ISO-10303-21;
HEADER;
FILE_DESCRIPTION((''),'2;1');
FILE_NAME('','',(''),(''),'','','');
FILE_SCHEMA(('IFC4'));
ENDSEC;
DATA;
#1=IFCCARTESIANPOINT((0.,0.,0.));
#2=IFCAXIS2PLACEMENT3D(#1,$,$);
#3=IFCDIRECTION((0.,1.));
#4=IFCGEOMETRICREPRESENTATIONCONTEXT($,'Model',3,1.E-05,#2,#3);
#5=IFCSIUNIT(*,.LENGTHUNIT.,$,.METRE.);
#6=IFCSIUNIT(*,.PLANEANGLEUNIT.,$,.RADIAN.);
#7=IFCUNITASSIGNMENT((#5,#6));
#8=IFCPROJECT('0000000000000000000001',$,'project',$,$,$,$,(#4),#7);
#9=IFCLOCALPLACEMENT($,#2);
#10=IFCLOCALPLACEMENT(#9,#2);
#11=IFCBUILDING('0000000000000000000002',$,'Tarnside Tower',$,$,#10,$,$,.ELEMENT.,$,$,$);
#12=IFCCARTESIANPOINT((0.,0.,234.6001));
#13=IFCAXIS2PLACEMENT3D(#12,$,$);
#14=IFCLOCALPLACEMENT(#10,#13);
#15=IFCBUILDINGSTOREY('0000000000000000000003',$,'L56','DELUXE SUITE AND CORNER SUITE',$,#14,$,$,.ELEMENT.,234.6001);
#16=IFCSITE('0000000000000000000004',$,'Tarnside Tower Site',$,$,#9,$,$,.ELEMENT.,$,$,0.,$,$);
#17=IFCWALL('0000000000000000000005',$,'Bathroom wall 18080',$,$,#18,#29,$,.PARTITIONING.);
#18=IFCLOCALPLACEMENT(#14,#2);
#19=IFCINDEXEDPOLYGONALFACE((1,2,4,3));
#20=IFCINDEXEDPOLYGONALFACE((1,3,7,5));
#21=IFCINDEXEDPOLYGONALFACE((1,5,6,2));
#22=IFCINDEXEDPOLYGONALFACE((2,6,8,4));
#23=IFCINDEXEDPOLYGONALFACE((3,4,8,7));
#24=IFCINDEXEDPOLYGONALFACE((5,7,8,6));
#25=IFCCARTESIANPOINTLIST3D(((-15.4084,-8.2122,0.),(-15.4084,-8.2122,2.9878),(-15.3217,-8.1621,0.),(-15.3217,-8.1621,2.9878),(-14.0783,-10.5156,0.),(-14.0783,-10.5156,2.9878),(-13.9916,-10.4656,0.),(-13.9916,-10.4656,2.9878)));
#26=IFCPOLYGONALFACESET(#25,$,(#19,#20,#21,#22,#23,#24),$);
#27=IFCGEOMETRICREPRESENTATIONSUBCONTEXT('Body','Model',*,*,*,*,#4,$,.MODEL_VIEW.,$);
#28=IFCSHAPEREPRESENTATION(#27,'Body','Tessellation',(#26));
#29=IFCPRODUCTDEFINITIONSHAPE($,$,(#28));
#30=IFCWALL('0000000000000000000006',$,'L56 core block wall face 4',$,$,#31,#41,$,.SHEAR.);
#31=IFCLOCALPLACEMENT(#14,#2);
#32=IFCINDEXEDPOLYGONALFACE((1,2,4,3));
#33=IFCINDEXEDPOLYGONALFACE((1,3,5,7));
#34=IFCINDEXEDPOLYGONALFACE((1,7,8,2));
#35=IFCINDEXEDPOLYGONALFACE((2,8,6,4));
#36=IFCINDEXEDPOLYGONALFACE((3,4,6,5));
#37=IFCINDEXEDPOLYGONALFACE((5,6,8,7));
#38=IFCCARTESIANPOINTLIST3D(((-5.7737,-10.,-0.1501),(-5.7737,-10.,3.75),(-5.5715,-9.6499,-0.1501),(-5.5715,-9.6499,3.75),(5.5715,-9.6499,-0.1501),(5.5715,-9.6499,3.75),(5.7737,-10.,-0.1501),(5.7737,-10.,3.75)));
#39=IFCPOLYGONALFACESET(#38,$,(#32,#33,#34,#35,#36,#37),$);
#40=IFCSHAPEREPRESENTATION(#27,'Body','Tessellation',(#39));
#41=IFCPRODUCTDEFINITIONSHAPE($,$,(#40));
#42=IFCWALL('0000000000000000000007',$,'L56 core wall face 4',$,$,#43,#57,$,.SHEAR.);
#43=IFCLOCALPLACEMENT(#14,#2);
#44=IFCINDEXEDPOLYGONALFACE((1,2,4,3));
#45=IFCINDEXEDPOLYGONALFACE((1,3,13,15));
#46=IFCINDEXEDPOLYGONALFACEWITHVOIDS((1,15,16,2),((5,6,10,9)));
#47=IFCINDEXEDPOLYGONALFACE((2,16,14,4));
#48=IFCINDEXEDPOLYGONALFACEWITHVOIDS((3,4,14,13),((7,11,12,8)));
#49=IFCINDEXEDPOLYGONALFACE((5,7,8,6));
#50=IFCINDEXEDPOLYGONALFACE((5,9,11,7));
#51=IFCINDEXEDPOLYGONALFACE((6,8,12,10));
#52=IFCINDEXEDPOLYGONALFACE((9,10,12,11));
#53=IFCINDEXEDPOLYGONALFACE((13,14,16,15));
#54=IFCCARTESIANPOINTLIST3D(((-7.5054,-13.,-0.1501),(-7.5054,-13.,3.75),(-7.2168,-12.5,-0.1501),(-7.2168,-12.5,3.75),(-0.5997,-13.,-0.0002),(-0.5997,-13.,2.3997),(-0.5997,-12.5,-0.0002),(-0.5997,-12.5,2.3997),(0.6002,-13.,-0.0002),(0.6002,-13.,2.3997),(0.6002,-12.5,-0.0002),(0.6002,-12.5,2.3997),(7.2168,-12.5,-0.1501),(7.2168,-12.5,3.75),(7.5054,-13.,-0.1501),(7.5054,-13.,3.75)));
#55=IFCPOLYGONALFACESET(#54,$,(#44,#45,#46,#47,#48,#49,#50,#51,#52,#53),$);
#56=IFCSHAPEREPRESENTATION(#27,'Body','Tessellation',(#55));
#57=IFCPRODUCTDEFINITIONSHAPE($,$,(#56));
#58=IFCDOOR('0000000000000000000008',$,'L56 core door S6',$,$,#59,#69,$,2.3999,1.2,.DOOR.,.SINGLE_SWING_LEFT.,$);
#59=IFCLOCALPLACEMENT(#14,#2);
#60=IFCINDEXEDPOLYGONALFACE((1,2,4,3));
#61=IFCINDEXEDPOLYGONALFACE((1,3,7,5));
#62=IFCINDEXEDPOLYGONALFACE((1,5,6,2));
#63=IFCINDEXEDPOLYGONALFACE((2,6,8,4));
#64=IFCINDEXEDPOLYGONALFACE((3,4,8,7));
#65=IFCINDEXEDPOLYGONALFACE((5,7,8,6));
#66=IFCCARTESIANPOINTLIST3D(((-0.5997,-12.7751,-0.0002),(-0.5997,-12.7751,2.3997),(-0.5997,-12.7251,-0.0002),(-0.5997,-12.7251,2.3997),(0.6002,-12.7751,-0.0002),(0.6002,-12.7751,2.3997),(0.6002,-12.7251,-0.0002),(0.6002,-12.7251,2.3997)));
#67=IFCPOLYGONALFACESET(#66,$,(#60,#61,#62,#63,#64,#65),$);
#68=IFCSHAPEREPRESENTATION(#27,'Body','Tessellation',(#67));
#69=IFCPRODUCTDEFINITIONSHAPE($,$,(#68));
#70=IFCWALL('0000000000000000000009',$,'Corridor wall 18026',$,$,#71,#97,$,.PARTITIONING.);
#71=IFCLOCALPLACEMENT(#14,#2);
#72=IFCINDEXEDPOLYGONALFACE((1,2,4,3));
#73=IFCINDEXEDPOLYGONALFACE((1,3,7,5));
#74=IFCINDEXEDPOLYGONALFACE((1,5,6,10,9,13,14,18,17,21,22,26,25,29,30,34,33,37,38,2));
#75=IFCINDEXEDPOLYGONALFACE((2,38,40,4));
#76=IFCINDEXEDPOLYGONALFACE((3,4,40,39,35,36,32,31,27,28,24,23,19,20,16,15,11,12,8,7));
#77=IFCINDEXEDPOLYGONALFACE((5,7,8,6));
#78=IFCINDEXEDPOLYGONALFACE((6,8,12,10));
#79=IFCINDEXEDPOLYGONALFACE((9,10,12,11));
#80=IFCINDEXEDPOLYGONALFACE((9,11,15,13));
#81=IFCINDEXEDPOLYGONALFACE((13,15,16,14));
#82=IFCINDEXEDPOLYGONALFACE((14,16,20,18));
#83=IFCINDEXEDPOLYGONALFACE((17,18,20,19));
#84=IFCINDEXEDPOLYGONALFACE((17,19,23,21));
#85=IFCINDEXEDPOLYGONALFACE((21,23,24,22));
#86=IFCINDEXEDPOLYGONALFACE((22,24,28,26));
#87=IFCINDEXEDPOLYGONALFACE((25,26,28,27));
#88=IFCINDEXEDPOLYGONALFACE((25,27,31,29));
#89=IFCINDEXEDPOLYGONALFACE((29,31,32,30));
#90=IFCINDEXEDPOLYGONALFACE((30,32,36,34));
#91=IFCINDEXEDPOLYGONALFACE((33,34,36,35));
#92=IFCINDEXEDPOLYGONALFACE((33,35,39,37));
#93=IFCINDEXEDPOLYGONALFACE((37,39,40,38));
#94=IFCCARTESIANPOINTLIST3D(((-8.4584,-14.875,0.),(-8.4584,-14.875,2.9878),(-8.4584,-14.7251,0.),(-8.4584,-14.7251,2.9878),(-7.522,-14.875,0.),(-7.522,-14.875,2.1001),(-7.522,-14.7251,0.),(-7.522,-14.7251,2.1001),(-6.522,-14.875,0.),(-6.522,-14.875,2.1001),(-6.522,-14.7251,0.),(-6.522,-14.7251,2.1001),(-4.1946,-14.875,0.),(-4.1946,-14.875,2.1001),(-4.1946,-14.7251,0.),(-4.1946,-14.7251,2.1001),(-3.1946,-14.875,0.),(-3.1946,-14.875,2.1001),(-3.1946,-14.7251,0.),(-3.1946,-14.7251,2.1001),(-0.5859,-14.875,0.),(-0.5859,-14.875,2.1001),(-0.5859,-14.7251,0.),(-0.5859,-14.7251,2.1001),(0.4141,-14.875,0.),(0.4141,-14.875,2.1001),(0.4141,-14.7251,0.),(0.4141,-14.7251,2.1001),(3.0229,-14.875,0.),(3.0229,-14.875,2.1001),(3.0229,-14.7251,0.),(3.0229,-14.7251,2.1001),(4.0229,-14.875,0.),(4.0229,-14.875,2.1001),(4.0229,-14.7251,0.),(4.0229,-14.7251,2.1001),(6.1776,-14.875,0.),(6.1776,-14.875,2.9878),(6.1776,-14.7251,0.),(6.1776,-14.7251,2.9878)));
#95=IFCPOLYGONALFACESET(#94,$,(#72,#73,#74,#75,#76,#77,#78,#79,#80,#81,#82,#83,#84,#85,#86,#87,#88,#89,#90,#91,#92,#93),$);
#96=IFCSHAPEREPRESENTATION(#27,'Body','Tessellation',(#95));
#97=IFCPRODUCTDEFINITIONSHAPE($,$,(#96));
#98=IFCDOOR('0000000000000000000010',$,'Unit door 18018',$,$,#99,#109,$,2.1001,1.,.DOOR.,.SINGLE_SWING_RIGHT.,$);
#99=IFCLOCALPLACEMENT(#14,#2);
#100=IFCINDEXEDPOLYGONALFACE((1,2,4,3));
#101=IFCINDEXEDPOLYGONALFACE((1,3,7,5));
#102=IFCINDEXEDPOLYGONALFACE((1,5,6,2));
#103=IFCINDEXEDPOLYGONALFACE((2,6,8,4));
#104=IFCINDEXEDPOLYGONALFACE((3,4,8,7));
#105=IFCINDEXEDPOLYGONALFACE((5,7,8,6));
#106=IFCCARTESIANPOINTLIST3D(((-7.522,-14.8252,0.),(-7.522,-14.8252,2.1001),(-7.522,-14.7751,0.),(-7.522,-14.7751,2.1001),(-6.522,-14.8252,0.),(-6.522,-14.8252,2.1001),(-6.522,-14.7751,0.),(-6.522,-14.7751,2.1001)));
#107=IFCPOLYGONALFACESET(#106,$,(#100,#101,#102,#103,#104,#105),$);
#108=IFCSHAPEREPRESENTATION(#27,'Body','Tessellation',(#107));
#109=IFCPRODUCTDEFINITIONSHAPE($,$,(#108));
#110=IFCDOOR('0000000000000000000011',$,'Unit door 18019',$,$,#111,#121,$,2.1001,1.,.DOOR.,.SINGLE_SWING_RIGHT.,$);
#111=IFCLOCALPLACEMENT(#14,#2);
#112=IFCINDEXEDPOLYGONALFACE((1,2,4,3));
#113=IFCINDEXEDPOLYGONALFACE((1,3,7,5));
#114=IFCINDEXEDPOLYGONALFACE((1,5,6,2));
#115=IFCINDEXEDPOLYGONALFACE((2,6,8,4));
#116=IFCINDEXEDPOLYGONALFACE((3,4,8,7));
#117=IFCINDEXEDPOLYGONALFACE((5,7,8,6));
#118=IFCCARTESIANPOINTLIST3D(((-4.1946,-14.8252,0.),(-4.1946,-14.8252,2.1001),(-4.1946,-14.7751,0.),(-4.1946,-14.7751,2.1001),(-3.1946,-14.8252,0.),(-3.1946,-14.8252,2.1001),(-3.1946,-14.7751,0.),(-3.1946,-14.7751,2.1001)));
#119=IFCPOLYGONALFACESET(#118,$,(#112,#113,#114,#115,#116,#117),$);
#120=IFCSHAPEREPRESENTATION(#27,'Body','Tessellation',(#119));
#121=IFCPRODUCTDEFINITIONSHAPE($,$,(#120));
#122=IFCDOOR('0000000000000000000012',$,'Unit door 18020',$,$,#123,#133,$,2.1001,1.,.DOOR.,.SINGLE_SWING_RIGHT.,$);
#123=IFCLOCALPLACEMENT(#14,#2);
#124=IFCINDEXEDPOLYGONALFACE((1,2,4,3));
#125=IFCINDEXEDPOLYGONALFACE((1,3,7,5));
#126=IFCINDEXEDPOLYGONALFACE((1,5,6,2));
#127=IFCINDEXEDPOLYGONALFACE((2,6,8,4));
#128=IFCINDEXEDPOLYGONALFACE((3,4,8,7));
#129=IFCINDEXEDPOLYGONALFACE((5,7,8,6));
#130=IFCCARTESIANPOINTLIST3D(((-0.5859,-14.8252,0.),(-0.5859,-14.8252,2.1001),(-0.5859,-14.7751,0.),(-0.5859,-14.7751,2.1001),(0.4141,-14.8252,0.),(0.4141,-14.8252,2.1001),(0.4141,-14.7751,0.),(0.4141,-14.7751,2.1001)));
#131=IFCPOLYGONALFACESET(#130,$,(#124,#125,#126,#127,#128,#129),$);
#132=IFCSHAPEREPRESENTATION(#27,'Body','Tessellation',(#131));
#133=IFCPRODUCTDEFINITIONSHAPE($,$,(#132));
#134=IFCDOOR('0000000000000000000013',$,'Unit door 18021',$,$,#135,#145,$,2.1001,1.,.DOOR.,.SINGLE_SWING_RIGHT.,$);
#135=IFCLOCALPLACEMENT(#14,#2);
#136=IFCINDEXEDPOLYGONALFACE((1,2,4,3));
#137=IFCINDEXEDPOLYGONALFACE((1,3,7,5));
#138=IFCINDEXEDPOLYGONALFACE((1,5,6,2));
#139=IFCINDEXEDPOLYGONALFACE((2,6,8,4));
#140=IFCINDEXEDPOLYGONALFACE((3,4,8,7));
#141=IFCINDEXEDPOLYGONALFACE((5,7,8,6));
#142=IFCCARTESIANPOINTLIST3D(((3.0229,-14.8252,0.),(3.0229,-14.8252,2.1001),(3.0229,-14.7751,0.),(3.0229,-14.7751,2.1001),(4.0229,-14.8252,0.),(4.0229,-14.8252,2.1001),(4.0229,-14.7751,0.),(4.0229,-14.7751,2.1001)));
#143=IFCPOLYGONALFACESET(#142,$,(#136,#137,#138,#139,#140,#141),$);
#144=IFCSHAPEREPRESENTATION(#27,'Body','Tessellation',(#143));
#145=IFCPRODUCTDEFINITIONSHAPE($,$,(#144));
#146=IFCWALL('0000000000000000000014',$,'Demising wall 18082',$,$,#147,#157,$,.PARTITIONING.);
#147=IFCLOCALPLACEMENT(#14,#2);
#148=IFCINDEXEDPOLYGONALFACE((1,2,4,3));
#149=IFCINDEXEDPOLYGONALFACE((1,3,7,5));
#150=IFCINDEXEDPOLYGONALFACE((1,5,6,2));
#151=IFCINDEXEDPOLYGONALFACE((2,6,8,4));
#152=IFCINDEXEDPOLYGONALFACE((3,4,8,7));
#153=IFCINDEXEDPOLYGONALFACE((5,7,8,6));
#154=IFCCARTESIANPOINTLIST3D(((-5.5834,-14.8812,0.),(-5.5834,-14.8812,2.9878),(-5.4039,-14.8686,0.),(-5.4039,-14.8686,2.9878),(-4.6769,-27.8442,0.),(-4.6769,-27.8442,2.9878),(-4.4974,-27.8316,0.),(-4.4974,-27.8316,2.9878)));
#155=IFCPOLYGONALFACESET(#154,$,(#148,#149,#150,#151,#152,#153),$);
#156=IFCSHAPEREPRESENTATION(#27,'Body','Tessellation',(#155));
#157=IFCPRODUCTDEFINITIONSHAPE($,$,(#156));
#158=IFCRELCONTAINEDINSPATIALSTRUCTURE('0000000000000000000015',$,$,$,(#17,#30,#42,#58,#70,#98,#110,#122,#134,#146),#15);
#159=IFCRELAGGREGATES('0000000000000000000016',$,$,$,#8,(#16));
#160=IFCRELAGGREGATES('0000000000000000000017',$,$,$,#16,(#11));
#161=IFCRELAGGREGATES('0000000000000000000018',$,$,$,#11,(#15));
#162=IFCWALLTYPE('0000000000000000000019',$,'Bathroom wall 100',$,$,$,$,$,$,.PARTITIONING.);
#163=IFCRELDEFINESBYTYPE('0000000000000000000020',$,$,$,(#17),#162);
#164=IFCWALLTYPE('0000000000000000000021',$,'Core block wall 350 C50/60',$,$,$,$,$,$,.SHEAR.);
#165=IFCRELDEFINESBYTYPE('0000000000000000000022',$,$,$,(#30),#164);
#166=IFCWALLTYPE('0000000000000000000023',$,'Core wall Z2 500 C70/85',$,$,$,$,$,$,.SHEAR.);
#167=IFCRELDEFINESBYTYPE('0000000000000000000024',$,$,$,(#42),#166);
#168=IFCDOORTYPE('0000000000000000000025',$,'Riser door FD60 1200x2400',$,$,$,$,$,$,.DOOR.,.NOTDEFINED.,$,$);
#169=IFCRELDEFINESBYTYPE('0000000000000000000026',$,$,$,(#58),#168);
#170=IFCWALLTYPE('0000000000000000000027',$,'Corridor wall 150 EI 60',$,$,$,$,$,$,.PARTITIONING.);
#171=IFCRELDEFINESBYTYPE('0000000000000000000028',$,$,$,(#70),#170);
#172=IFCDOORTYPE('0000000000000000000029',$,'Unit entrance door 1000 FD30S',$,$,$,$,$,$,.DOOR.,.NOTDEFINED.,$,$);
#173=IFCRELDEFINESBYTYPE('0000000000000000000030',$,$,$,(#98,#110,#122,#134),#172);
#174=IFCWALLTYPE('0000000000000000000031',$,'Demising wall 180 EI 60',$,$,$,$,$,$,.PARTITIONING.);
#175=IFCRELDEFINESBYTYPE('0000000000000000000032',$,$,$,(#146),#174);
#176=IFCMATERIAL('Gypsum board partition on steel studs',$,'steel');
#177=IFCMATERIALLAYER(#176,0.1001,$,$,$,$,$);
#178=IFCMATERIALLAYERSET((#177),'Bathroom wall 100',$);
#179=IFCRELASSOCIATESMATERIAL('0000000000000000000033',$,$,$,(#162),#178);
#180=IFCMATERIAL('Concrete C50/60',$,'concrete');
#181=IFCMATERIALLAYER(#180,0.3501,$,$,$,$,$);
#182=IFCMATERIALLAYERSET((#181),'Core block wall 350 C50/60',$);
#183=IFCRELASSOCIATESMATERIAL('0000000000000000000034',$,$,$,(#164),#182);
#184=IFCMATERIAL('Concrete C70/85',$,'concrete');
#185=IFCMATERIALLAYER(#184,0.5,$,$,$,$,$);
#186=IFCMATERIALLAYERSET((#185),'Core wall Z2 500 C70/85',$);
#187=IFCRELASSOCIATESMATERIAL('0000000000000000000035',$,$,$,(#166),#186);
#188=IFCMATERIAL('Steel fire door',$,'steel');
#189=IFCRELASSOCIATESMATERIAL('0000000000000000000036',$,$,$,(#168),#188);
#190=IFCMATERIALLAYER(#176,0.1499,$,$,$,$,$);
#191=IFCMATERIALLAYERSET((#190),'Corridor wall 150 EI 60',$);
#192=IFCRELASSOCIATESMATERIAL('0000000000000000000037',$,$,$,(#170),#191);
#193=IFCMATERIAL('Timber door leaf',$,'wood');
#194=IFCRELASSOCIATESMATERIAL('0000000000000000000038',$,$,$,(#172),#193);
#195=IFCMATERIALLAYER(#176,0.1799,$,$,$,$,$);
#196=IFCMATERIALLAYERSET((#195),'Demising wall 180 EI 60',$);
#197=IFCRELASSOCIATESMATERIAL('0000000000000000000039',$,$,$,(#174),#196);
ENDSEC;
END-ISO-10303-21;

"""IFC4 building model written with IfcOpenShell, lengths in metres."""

from ifc_helpers import new_model, si_unit, direction, frame, frame_2d, origin, place, context, subcontext, project, spatial, polyline, rectangle, outline, extrude, material, layer, layer_set, type_object, element, fill, save


model = new_model("IFC4")

# Units and contexts
model_context = context("Model", 3, precision=1e-05, world=origin(), true_north=direction((0.0, 1.0)))
body_context = subcontext(model_context, "Body", "Model", "MODEL_VIEW")
ifc_project = project(units=[si_unit("LENGTHUNIT", "METRE"), si_unit("PLANEANGLEUNIT", "RADIAN")], contexts=[model_context])

# Site, building, storey
site_placement = place(None, origin())
site = spatial("IfcSite", under=ifc_project, at=site_placement, Name="Tarnside Tower Site", CompositionType="ELEMENT", RefElevation=0.0)
building_placement = place(site_placement, origin())
building = spatial("IfcBuilding", under=site, at=building_placement, Name="Tarnside Tower", CompositionType="ELEMENT")
storey_placement = place(building_placement, frame((0.0, 0.0, 234.6001)))
storey = spatial("IfcBuildingStorey", under=building, at=storey_placement, Name="L56", Description="DELUXE SUITE AND CORNER SUITE", CompositionType="ELEMENT", Elevation=234.6001)

# Walls
ifc_material_1 = material(Name="Gypsum board partition on steel studs", Category="steel")
ifc_layer_1 = layer(ifc_material_1, 0.1001)
ifc_layer_set_1 = layer_set([ifc_layer_1], Name="Bathroom wall 100")
wall_type_1 = type_object("IfcWallType", Name="Bathroom wall 100", PredefinedType="PARTITIONING", material=ifc_layer_set_1)
wall_1_placement = place(storey_placement, frame((-14.0349, -10.4907, 0.0), z_axis=(0.0, 0.0, 1.0), x_axis=(-0.500048, 0.865998, 0.0)))
element("IfcWall", 1, at=wall_1_placement, inside=storey, type_object=wall_type_1, Name="Bathroom wall 18080", PredefinedType="PARTITIONING", context=body_context, shape_type="SweptSolid", body=[
    extrude(rectangle(XDim=2.6599, YDim=0.1001, at=frame_2d((1.3301, 0.0))), origin(), (0.0, 0.0, 1.0), 2.9878),
])
ifc_material_2 = material(Name="Concrete C50/60", Category="concrete")
ifc_layer_2 = layer(ifc_material_2, 0.3501)
ifc_layer_set_2 = layer_set([ifc_layer_2], Name="Core block wall 350 C50/60")
wall_type_2 = type_object("IfcWallType", Name="Core block wall 350 C50/60", PredefinedType="SHEAR", material=ifc_layer_set_2)
wall_2_placement = place(storey_placement, frame((-5.6726, -9.825, -0.1501), z_axis=(0.0, 0.0, 1.0), x_axis=(1.0, 0.0, 0.0)))
element("IfcWall", 2, at=wall_2_placement, inside=storey, type_object=wall_type_2, Name="L56 core block wall face 4", PredefinedType="SHEAR", context=body_context, shape_type="SweptSolid", body=[
    extrude(outline(polyline([(-0.1011, -0.175), (11.4463, -0.175), (11.2441, 0.175), (0.1011, 0.175), (-0.1011, -0.175)])), origin(), (0.0, 0.0, 1.0), 3.9001),
])

# Wall, opening, door
ifc_material_3 = material(Name="Concrete C70/85", Category="concrete")
ifc_layer_3 = layer(ifc_material_3, 0.5)
ifc_layer_set_3 = layer_set([ifc_layer_3], Name="Core wall Z2 500 C70/85")
wall_type_3 = type_object("IfcWallType", Name="Core wall Z2 500 C70/85", PredefinedType="SHEAR", material=ifc_layer_set_3)
wall_3_placement = place(storey_placement, frame((-7.3611, -12.75, -0.1501), z_axis=(0.0, 0.0, 1.0), x_axis=(1.0, 0.0, 0.0)))
wall_3 = element("IfcWall", 3, at=wall_3_placement, inside=storey, type_object=wall_type_3, Name="L56 core wall face 4", PredefinedType="SHEAR", context=body_context, shape_type="SweptSolid", body=[
    extrude(outline(polyline([(-0.1443, -0.25), (14.8665, -0.25), (14.5779, 0.25), (0.1443, 0.25), (-0.1443, -0.25)])), origin(), (0.0, 0.0, 1.0), 3.9001),
])
opening_1_placement = place(wall_3_placement, frame((6.7612, 0.0, 0.1499)))
opening_1 = element("IfcOpeningElement", 4, at=opening_1_placement, cuts=wall_3, PredefinedType="OPENING", context=body_context, shape_type="SweptSolid", body=[
    extrude(rectangle(XDim=1.2, YDim=2.3999, at=frame_2d((0.6001, 1.2))), frame((0.0, 0.26, 0.0), z_axis=(0.0, -1.0, 0.0), x_axis=(1.0, 0.0, 0.0)), (0.0, 0.0, 1.0), 0.52),
])
ifc_material_4 = material(Name="Steel fire door", Category="steel")
door_type_1 = type_object("IfcDoorType", Name="Riser door FD60 1200x2400", OperationType="NOTDEFINED", PredefinedType="DOOR", material=ifc_material_4)
door_1_placement = place(opening_1_placement, origin())
door_1 = element("IfcDoor", 5, at=door_1_placement, inside=storey, type_object=door_type_1, Name="L56 core door S6", OperationType="SINGLE_SWING_LEFT", OverallHeight=2.3999, OverallWidth=1.2, PredefinedType="DOOR", context=body_context, shape_type="SweptSolid", body=[
    extrude(rectangle(XDim=1.2, YDim=2.3999, at=frame_2d((0.6001, 1.2))), frame((0.0, 0.0249, 0.0), z_axis=(0.0, -1.0, 0.0), x_axis=(1.0, 0.0, 0.0)), (0.0, 0.0, 1.0), 0.05),
])
fill(opening_1, door_1)

# Wall, openings, doors
ifc_layer_4 = layer(ifc_material_1, 0.1499)
ifc_layer_set_4 = layer_set([ifc_layer_4], Name="Corridor wall 150 EI 60")
wall_type_4 = type_object("IfcWallType", Name="Corridor wall 150 EI 60", PredefinedType="PARTITIONING", material=ifc_layer_set_4)
wall_4_placement = place(storey_placement, frame((-8.4583, -14.8, 0.0), z_axis=(0.0, 0.0, 1.0), x_axis=(1.0, 0.0, 0.0)))
wall_4 = element("IfcWall", 6, at=wall_4_placement, inside=storey, type_object=wall_type_4, Name="Corridor wall 18026", PredefinedType="PARTITIONING", context=body_context, shape_type="SweptSolid", body=[
    extrude(rectangle(XDim=14.636, YDim=0.1499, at=frame_2d((7.3179, 0.0))), origin(), (0.0, 0.0, 1.0), 2.9878),
])
opening_2_placement = place(wall_4_placement, frame((0.9363, 0.0, 0.0)))
opening_2 = element("IfcOpeningElement", 7, at=opening_2_placement, cuts=wall_4, PredefinedType="OPENING", context=body_context, shape_type="SweptSolid", body=[
    extrude(rectangle(XDim=1.0, YDim=2.1001, at=frame_2d((0.5, 1.05))), frame((0.0, 0.085, 0.0), z_axis=(0.0, -1.0, 0.0), x_axis=(1.0, 0.0, 0.0)), (0.0, 0.0, 1.0), 0.1699),
])
opening_3_placement = place(wall_4_placement, frame((4.2637, 0.0, 0.0)))
opening_3 = element("IfcOpeningElement", 8, at=opening_3_placement, cuts=wall_4, PredefinedType="OPENING", context=body_context, shape_type="SweptSolid", body=[
    extrude(rectangle(XDim=1.0, YDim=2.1001, at=frame_2d((0.5, 1.05))), frame((0.0, 0.085, 0.0), z_axis=(0.0, -1.0, 0.0), x_axis=(1.0, 0.0, 0.0)), (0.0, 0.0, 1.0), 0.1699),
])
opening_4_placement = place(wall_4_placement, frame((7.8723, 0.0, 0.0)))
opening_4 = element("IfcOpeningElement", 9, at=opening_4_placement, cuts=wall_4, PredefinedType="OPENING", context=body_context, shape_type="SweptSolid", body=[
    extrude(rectangle(XDim=1.0, YDim=2.1001, at=frame_2d((0.5, 1.05))), frame((0.0, 0.085, 0.0), z_axis=(0.0, -1.0, 0.0), x_axis=(1.0, 0.0, 0.0)), (0.0, 0.0, 1.0), 0.1699),
])
opening_5_placement = place(wall_4_placement, frame((11.4812, 0.0, 0.0)))
opening_5 = element("IfcOpeningElement", 10, at=opening_5_placement, cuts=wall_4, PredefinedType="OPENING", context=body_context, shape_type="SweptSolid", body=[
    extrude(rectangle(XDim=1.0, YDim=2.1001, at=frame_2d((0.5, 1.05))), frame((0.0, 0.085, 0.0), z_axis=(0.0, -1.0, 0.0), x_axis=(1.0, 0.0, 0.0)), (0.0, 0.0, 1.0), 0.1699),
])
ifc_material_5 = material(Name="Timber door leaf", Category="wood")
door_type_2 = type_object("IfcDoorType", Name="Unit entrance door 1000 FD30S", OperationType="NOTDEFINED", PredefinedType="DOOR", material=ifc_material_5)
door_2_placement = place(opening_2_placement, origin())
door_2 = element("IfcDoor", 11, at=door_2_placement, inside=storey, type_object=door_type_2, Name="Unit door 18018", OperationType="SINGLE_SWING_RIGHT", OverallHeight=2.1001, OverallWidth=1.0, PredefinedType="DOOR", context=body_context, shape_type="SweptSolid", body=[
    extrude(rectangle(XDim=1.0, YDim=2.1001, at=frame_2d((0.5, 1.05))), frame((0.0, 0.0249, 0.0), z_axis=(0.0, -1.0, 0.0), x_axis=(1.0, 0.0, 0.0)), (0.0, 0.0, 1.0), 0.05),
])
fill(opening_2, door_2)
door_3_placement = place(opening_3_placement, origin())
door_3 = element("IfcDoor", 12, at=door_3_placement, inside=storey, type_object=door_type_2, Name="Unit door 18019", OperationType="SINGLE_SWING_RIGHT", OverallHeight=2.1001, OverallWidth=1.0, PredefinedType="DOOR", context=body_context, shape_type="SweptSolid", body=[
    extrude(rectangle(XDim=1.0, YDim=2.1001, at=frame_2d((0.5, 1.05))), frame((0.0, 0.0249, 0.0), z_axis=(0.0, -1.0, 0.0), x_axis=(1.0, 0.0, 0.0)), (0.0, 0.0, 1.0), 0.05),
])
fill(opening_3, door_3)
door_4_placement = place(opening_4_placement, origin())
door_4 = element("IfcDoor", 13, at=door_4_placement, inside=storey, type_object=door_type_2, Name="Unit door 18020", OperationType="SINGLE_SWING_RIGHT", OverallHeight=2.1001, OverallWidth=1.0, PredefinedType="DOOR", context=body_context, shape_type="SweptSolid", body=[
    extrude(rectangle(XDim=1.0, YDim=2.1001, at=frame_2d((0.5, 1.05))), frame((0.0, 0.0249, 0.0), z_axis=(0.0, -1.0, 0.0), x_axis=(1.0, 0.0, 0.0)), (0.0, 0.0, 1.0), 0.05),
])
fill(opening_4, door_4)
door_5_placement = place(opening_5_placement, origin())
door_5 = element("IfcDoor", 14, at=door_5_placement, inside=storey, type_object=door_type_2, Name="Unit door 18021", OperationType="SINGLE_SWING_RIGHT", OverallHeight=2.1001, OverallWidth=1.0, PredefinedType="DOOR", context=body_context, shape_type="SweptSolid", body=[
    extrude(rectangle(XDim=1.0, YDim=2.1001, at=frame_2d((0.5, 1.05))), frame((0.0, 0.0249, 0.0), z_axis=(0.0, -1.0, 0.0), x_axis=(1.0, 0.0, 0.0)), (0.0, 0.0, 1.0), 0.05),
])
fill(opening_5, door_5)

# Wall
ifc_layer_5 = layer(ifc_material_1, 0.1799)
ifc_layer_set_5 = layer_set([ifc_layer_5], Name="Demising wall 180 EI 60")
wall_type_5 = type_object("IfcWallType", Name="Demising wall 180 EI 60", PredefinedType="PARTITIONING", material=ifc_layer_set_5)
wall_5_placement = place(storey_placement, frame((-4.5872, -27.8379, 0.0), z_axis=(0.0, 0.0, 1.0), x_axis=(-0.06976, 0.997564, 0.0)))
element("IfcWall", 15, at=wall_5_placement, inside=storey, type_object=wall_type_5, Name="Demising wall 18082", PredefinedType="PARTITIONING", context=body_context, shape_type="SweptSolid", body=[
    extrude(rectangle(XDim=12.9946, YDim=0.1799, at=frame_2d((6.4973, 0.0))), origin(), (0.0, 0.0, 1.0), 2.9878),
])

save(model, "model.ifc")
